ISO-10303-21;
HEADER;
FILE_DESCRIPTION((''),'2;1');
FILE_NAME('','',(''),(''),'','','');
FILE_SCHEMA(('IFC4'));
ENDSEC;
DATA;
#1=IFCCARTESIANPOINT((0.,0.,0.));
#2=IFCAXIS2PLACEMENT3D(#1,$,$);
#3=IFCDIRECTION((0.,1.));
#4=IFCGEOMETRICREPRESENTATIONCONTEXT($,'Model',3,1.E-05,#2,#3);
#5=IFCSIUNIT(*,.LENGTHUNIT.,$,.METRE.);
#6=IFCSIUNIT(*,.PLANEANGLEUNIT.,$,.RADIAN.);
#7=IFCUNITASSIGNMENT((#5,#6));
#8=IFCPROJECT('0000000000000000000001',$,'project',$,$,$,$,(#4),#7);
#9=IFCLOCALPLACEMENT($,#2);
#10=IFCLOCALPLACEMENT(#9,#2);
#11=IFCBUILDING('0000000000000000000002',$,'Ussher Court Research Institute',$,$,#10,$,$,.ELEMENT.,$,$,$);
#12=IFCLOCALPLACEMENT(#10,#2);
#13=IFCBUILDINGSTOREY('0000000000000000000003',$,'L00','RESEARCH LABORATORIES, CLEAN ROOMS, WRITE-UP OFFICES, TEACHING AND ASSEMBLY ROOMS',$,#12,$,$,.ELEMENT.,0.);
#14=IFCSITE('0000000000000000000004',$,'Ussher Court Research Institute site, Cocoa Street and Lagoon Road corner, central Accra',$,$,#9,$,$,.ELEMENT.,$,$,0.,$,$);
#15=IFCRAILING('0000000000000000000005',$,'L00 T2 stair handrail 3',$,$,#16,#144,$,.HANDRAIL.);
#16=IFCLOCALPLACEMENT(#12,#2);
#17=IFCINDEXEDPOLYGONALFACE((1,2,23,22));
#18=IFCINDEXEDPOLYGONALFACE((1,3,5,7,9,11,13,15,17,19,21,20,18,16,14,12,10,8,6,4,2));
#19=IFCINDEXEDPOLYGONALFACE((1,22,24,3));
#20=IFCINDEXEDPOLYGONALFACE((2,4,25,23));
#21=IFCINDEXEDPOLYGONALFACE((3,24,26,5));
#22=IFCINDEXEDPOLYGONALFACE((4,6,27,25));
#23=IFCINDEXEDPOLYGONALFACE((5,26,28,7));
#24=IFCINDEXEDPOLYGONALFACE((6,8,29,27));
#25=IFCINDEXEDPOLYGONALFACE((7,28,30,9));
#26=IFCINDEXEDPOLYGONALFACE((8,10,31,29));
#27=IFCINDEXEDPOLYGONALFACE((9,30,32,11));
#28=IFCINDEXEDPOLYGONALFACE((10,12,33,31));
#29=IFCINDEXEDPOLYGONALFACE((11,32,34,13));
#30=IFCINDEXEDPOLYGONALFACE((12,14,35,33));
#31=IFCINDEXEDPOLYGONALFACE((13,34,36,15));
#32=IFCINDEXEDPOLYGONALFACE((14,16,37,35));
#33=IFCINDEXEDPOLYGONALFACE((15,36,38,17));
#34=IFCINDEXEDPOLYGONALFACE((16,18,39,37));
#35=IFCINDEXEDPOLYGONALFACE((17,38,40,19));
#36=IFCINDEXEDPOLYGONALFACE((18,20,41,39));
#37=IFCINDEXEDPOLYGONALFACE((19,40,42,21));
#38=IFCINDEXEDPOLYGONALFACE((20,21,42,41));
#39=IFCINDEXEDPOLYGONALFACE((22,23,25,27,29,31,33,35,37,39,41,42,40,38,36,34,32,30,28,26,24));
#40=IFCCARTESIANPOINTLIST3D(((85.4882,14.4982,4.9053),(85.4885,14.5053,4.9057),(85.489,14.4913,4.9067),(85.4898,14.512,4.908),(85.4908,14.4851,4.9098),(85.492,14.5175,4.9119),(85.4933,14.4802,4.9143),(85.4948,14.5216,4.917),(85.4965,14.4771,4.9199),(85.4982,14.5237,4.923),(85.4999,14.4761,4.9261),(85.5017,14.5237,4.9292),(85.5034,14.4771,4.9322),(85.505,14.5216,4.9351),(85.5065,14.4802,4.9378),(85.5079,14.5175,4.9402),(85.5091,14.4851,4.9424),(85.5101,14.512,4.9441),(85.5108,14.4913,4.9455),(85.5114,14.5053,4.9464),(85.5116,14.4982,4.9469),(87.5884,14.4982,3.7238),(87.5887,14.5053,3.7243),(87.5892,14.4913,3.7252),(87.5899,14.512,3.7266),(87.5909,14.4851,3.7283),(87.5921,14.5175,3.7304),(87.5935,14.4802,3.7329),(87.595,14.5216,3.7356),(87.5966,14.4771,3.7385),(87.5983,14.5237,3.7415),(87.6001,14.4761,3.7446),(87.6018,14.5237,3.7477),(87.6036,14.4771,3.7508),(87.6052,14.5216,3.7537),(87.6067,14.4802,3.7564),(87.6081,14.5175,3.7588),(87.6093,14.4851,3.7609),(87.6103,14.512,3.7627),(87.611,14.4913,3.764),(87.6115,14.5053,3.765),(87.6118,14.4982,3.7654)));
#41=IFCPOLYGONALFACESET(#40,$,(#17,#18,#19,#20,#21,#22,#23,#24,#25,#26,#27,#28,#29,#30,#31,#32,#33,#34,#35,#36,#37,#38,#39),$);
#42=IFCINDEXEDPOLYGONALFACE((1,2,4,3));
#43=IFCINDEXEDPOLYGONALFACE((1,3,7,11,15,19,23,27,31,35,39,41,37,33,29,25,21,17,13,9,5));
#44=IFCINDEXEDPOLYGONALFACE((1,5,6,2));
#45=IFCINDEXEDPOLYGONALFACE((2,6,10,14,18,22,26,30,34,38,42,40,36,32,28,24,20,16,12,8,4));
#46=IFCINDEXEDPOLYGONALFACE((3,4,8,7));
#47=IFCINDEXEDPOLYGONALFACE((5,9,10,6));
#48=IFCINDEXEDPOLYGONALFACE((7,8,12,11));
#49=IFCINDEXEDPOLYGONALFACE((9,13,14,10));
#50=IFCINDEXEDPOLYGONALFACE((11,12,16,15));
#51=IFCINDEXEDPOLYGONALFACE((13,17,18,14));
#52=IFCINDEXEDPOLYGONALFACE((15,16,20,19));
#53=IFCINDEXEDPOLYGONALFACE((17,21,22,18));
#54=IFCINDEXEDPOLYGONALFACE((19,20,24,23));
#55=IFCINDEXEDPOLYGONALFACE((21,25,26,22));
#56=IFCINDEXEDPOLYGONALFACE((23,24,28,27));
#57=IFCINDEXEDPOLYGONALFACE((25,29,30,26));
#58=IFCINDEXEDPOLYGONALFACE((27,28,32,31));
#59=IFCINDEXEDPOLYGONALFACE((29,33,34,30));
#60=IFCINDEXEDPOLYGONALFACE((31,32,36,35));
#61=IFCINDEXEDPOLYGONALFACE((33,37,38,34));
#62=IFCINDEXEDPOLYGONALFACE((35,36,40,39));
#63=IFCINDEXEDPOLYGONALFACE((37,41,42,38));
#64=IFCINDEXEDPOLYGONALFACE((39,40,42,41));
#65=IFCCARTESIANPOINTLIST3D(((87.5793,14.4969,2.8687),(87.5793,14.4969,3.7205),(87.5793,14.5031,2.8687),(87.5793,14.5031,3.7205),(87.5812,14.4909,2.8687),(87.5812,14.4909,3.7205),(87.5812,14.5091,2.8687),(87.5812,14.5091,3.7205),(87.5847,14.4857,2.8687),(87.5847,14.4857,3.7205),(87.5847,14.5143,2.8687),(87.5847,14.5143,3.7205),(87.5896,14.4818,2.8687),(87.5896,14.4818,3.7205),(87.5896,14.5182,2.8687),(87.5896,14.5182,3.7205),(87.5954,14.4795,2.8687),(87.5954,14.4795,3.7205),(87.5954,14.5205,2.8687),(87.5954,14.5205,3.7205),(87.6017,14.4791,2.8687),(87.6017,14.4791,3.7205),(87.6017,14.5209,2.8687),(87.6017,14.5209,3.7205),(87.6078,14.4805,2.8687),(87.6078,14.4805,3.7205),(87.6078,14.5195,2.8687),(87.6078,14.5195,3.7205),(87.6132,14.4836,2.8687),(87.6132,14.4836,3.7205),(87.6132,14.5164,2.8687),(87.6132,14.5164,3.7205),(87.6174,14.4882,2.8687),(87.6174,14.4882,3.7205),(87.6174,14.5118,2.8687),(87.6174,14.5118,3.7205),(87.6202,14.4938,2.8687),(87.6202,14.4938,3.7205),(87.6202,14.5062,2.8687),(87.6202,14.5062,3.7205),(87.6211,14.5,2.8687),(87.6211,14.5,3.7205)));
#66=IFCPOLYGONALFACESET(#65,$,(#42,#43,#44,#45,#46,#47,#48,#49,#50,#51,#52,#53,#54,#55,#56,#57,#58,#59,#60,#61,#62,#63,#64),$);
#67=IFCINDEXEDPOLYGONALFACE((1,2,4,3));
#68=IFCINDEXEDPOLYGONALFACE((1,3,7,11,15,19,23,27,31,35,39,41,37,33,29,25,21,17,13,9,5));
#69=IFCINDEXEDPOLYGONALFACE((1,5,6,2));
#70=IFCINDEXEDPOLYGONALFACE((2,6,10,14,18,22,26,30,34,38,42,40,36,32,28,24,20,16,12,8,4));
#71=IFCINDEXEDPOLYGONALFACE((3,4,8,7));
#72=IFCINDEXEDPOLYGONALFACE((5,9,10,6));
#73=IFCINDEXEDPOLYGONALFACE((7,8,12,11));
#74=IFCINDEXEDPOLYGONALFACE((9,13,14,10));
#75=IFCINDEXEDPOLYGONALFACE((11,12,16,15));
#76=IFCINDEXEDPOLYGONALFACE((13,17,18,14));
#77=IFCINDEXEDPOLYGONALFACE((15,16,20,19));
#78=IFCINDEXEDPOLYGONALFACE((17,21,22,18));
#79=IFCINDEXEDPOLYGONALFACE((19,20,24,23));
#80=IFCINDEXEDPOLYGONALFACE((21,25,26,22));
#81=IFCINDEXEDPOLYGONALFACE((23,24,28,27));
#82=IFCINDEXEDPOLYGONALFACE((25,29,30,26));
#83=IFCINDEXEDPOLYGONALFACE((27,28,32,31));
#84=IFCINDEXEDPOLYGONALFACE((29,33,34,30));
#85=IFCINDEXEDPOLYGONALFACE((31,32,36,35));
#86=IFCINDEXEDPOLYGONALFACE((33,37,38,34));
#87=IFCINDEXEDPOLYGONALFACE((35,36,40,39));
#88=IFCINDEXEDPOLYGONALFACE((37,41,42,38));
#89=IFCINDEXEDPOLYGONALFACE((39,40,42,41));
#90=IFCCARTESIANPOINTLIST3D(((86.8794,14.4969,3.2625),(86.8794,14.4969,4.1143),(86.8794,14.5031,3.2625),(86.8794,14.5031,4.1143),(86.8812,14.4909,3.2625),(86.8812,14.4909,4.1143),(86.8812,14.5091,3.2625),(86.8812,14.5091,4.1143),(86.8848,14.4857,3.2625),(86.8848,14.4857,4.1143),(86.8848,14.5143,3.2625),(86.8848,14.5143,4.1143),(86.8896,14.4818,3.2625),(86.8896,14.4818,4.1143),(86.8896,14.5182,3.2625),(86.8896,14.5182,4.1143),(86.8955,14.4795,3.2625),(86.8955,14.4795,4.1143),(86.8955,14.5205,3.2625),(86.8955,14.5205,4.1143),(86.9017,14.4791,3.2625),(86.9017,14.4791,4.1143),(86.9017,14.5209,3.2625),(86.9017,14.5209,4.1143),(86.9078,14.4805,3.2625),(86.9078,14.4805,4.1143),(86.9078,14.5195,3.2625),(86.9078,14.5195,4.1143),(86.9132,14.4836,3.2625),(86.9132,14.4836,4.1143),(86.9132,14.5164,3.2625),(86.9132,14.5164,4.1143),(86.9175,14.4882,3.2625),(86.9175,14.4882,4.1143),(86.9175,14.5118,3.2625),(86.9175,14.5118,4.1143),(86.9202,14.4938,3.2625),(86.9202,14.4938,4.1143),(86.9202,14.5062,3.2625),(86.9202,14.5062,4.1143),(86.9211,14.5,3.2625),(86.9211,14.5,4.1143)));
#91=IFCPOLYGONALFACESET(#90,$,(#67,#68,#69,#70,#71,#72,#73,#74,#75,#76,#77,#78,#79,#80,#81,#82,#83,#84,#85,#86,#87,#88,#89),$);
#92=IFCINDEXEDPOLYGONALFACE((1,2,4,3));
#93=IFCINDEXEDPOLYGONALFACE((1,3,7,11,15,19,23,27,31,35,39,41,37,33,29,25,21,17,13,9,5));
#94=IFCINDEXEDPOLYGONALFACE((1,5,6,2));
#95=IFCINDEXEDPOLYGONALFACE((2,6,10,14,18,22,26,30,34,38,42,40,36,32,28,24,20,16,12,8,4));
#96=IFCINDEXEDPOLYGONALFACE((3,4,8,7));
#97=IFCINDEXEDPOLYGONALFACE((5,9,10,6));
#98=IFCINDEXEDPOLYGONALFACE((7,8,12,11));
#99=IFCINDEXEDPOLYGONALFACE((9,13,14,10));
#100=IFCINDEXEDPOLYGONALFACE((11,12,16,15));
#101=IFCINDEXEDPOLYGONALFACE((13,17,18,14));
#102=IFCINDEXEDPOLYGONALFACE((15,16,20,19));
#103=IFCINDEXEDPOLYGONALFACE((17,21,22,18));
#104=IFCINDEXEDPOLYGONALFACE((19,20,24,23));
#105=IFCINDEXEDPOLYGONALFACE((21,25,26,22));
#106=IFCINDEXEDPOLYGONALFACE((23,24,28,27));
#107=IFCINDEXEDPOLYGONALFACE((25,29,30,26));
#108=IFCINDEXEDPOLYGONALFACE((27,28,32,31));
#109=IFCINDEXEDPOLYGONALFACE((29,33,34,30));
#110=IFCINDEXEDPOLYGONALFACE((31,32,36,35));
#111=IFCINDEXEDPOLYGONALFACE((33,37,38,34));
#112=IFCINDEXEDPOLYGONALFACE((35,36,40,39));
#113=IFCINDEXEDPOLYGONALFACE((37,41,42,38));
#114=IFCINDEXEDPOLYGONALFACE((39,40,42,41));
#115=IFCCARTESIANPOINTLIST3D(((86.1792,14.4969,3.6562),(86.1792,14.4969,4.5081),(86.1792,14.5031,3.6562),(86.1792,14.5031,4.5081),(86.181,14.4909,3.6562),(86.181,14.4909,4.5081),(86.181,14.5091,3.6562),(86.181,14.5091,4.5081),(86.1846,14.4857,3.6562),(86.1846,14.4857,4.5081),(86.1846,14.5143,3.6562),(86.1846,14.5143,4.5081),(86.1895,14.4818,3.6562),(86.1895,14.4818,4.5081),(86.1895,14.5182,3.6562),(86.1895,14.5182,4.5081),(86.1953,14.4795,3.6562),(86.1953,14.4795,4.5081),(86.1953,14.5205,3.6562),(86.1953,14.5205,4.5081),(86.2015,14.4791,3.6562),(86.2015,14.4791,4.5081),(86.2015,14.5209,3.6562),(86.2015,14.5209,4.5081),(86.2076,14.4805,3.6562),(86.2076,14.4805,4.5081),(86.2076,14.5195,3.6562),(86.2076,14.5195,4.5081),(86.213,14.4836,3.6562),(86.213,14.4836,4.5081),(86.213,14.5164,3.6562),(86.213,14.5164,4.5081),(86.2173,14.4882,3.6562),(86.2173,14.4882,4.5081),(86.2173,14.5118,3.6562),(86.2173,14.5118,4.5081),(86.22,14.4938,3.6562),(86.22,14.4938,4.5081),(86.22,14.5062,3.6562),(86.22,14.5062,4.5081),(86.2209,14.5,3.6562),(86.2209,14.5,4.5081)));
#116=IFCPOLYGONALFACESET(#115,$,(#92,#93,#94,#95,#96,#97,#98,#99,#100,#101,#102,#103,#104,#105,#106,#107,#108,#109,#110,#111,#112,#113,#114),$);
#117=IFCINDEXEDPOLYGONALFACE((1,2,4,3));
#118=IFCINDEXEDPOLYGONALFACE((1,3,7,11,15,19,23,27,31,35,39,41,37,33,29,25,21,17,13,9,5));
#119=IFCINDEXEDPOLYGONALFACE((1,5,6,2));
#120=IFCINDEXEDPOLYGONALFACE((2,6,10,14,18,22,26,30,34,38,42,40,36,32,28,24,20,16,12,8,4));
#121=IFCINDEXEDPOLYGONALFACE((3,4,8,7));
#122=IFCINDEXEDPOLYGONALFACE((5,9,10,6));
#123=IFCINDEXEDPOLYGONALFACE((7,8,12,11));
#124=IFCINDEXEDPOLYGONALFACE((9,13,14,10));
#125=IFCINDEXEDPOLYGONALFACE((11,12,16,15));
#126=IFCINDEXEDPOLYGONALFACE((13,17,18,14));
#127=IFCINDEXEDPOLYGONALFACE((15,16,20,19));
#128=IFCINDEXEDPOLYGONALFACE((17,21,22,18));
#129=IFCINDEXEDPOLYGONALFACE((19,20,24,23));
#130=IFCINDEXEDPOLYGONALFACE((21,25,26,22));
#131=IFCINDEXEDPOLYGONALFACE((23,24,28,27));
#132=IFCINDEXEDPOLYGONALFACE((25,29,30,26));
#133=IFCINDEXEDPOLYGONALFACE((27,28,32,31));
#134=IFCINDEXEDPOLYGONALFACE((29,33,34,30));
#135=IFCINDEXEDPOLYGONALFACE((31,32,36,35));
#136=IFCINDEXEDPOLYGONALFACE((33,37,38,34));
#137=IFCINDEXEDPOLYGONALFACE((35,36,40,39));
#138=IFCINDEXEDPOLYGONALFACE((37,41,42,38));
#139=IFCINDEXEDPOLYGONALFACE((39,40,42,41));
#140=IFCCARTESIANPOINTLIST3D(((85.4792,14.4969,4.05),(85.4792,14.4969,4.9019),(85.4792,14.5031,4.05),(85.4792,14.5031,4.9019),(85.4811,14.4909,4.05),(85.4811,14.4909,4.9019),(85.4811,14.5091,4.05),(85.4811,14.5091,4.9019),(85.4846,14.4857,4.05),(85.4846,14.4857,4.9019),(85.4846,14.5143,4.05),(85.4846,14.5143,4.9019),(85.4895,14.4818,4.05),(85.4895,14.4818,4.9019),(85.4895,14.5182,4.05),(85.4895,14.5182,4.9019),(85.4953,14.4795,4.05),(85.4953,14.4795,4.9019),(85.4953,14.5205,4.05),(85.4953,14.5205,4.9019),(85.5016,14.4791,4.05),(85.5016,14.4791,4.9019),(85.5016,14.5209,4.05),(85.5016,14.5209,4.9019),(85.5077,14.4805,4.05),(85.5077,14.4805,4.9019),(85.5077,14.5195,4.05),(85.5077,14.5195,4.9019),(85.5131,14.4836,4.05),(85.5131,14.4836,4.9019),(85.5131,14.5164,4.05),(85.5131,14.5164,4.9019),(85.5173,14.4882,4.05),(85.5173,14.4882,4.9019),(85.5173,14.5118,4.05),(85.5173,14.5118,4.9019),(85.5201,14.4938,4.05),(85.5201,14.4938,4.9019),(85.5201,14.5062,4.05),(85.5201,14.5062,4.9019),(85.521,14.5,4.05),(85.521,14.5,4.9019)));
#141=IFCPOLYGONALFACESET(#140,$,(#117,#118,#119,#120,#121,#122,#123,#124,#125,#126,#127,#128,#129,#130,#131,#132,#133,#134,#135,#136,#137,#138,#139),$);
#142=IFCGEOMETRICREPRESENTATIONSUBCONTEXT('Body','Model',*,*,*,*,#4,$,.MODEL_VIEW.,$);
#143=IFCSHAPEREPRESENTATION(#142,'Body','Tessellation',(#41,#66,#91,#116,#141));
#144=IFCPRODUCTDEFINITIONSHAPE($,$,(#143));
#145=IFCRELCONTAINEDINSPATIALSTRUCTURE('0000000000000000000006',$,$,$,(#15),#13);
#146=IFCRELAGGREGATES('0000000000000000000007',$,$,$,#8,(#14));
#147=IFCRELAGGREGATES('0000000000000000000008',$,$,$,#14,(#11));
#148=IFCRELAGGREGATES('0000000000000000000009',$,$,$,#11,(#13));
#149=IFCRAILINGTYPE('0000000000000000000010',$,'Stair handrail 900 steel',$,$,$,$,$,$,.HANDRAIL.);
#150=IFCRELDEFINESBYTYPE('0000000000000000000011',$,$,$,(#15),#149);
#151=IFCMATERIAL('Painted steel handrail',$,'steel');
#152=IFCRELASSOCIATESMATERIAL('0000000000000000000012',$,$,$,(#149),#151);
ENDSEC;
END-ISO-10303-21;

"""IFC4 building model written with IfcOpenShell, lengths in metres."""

from ifc_helpers import new_model, si_unit, direction, frame, origin, origin_2d, place, context, subcontext, project, spatial, circle, extrude, material, type_object, element, save


model = new_model("IFC4")

# Units and contexts
model_context = context("Model", 3, precision=1e-05, world=origin(), true_north=direction((0.0, 1.0)))
body_context = subcontext(model_context, "Body", "Model", "MODEL_VIEW")
ifc_project = project(units=[si_unit("LENGTHUNIT", "METRE"), si_unit("PLANEANGLEUNIT", "RADIAN")], contexts=[model_context])

# Site, building, storey
site_placement = place(None, origin())
site = spatial("IfcSite", under=ifc_project, at=site_placement, Name="Ussher Court Research Institute site, Cocoa Street and Lagoon Road corner, central Accra", CompositionType="ELEMENT", RefElevation=0.0)
building_placement = place(site_placement, origin())
building = spatial("IfcBuilding", under=site, at=building_placement, Name="Ussher Court Research Institute", CompositionType="ELEMENT")
storey_placement = place(building_placement, origin())
storey = spatial("IfcBuildingStorey", under=building, at=storey_placement, Name="L00", Description="RESEARCH LABORATORIES, CLEAN ROOMS, WRITE-UP OFFICES, TEACHING AND ASSEMBLY ROOMS", CompositionType="ELEMENT", Elevation=0.0)

# Railing
ifc_material_1 = material(Name="Painted steel handrail", Category="steel")
railing_type = type_object("IfcRailingType", Name="Stair handrail 900 steel", PredefinedType="HANDRAIL", material=ifc_material_1)
for number, where, name in (
    (1, (87.6001, 14.5, 2.8687), "L00 T2 stair handrail 3"),
):
    element("IfcRailing", number, at=place(storey_placement, frame(where)), inside=storey, type_object=railing_type, Name=name, PredefinedType="HANDRAIL", context=body_context, shape_type="SweptSolid", body=[
        extrude(circle(Radius=0.0239, at=origin_2d()), frame((0.0, 0.0, 0.876), z_axis=(-0.871559, 0.0, 0.49029), x_axis=(0.0, -1.0, 0.0)), (0.0, 0.0, 1.0), 2.4097),
        extrude(circle(Radius=0.021, at=origin_2d()), origin(), (0.0, 0.0, 1.0), 0.8518),
        extrude(circle(Radius=0.021, at=origin_2d()), frame((-0.7, 0.0, 0.3938)), (0.0, 0.0, 1.0), 0.8518),
        extrude(circle(Radius=0.021, at=origin_2d()), frame((-1.4001, 0.0, 0.7876)), (0.0, 0.0, 1.0), 0.8518),
        extrude(circle(Radius=0.021, at=origin_2d()), frame((-2.1001, 0.0, 1.1814)), (0.0, 0.0, 1.0), 0.8518),
    ])

save(model, "model.ifc")
